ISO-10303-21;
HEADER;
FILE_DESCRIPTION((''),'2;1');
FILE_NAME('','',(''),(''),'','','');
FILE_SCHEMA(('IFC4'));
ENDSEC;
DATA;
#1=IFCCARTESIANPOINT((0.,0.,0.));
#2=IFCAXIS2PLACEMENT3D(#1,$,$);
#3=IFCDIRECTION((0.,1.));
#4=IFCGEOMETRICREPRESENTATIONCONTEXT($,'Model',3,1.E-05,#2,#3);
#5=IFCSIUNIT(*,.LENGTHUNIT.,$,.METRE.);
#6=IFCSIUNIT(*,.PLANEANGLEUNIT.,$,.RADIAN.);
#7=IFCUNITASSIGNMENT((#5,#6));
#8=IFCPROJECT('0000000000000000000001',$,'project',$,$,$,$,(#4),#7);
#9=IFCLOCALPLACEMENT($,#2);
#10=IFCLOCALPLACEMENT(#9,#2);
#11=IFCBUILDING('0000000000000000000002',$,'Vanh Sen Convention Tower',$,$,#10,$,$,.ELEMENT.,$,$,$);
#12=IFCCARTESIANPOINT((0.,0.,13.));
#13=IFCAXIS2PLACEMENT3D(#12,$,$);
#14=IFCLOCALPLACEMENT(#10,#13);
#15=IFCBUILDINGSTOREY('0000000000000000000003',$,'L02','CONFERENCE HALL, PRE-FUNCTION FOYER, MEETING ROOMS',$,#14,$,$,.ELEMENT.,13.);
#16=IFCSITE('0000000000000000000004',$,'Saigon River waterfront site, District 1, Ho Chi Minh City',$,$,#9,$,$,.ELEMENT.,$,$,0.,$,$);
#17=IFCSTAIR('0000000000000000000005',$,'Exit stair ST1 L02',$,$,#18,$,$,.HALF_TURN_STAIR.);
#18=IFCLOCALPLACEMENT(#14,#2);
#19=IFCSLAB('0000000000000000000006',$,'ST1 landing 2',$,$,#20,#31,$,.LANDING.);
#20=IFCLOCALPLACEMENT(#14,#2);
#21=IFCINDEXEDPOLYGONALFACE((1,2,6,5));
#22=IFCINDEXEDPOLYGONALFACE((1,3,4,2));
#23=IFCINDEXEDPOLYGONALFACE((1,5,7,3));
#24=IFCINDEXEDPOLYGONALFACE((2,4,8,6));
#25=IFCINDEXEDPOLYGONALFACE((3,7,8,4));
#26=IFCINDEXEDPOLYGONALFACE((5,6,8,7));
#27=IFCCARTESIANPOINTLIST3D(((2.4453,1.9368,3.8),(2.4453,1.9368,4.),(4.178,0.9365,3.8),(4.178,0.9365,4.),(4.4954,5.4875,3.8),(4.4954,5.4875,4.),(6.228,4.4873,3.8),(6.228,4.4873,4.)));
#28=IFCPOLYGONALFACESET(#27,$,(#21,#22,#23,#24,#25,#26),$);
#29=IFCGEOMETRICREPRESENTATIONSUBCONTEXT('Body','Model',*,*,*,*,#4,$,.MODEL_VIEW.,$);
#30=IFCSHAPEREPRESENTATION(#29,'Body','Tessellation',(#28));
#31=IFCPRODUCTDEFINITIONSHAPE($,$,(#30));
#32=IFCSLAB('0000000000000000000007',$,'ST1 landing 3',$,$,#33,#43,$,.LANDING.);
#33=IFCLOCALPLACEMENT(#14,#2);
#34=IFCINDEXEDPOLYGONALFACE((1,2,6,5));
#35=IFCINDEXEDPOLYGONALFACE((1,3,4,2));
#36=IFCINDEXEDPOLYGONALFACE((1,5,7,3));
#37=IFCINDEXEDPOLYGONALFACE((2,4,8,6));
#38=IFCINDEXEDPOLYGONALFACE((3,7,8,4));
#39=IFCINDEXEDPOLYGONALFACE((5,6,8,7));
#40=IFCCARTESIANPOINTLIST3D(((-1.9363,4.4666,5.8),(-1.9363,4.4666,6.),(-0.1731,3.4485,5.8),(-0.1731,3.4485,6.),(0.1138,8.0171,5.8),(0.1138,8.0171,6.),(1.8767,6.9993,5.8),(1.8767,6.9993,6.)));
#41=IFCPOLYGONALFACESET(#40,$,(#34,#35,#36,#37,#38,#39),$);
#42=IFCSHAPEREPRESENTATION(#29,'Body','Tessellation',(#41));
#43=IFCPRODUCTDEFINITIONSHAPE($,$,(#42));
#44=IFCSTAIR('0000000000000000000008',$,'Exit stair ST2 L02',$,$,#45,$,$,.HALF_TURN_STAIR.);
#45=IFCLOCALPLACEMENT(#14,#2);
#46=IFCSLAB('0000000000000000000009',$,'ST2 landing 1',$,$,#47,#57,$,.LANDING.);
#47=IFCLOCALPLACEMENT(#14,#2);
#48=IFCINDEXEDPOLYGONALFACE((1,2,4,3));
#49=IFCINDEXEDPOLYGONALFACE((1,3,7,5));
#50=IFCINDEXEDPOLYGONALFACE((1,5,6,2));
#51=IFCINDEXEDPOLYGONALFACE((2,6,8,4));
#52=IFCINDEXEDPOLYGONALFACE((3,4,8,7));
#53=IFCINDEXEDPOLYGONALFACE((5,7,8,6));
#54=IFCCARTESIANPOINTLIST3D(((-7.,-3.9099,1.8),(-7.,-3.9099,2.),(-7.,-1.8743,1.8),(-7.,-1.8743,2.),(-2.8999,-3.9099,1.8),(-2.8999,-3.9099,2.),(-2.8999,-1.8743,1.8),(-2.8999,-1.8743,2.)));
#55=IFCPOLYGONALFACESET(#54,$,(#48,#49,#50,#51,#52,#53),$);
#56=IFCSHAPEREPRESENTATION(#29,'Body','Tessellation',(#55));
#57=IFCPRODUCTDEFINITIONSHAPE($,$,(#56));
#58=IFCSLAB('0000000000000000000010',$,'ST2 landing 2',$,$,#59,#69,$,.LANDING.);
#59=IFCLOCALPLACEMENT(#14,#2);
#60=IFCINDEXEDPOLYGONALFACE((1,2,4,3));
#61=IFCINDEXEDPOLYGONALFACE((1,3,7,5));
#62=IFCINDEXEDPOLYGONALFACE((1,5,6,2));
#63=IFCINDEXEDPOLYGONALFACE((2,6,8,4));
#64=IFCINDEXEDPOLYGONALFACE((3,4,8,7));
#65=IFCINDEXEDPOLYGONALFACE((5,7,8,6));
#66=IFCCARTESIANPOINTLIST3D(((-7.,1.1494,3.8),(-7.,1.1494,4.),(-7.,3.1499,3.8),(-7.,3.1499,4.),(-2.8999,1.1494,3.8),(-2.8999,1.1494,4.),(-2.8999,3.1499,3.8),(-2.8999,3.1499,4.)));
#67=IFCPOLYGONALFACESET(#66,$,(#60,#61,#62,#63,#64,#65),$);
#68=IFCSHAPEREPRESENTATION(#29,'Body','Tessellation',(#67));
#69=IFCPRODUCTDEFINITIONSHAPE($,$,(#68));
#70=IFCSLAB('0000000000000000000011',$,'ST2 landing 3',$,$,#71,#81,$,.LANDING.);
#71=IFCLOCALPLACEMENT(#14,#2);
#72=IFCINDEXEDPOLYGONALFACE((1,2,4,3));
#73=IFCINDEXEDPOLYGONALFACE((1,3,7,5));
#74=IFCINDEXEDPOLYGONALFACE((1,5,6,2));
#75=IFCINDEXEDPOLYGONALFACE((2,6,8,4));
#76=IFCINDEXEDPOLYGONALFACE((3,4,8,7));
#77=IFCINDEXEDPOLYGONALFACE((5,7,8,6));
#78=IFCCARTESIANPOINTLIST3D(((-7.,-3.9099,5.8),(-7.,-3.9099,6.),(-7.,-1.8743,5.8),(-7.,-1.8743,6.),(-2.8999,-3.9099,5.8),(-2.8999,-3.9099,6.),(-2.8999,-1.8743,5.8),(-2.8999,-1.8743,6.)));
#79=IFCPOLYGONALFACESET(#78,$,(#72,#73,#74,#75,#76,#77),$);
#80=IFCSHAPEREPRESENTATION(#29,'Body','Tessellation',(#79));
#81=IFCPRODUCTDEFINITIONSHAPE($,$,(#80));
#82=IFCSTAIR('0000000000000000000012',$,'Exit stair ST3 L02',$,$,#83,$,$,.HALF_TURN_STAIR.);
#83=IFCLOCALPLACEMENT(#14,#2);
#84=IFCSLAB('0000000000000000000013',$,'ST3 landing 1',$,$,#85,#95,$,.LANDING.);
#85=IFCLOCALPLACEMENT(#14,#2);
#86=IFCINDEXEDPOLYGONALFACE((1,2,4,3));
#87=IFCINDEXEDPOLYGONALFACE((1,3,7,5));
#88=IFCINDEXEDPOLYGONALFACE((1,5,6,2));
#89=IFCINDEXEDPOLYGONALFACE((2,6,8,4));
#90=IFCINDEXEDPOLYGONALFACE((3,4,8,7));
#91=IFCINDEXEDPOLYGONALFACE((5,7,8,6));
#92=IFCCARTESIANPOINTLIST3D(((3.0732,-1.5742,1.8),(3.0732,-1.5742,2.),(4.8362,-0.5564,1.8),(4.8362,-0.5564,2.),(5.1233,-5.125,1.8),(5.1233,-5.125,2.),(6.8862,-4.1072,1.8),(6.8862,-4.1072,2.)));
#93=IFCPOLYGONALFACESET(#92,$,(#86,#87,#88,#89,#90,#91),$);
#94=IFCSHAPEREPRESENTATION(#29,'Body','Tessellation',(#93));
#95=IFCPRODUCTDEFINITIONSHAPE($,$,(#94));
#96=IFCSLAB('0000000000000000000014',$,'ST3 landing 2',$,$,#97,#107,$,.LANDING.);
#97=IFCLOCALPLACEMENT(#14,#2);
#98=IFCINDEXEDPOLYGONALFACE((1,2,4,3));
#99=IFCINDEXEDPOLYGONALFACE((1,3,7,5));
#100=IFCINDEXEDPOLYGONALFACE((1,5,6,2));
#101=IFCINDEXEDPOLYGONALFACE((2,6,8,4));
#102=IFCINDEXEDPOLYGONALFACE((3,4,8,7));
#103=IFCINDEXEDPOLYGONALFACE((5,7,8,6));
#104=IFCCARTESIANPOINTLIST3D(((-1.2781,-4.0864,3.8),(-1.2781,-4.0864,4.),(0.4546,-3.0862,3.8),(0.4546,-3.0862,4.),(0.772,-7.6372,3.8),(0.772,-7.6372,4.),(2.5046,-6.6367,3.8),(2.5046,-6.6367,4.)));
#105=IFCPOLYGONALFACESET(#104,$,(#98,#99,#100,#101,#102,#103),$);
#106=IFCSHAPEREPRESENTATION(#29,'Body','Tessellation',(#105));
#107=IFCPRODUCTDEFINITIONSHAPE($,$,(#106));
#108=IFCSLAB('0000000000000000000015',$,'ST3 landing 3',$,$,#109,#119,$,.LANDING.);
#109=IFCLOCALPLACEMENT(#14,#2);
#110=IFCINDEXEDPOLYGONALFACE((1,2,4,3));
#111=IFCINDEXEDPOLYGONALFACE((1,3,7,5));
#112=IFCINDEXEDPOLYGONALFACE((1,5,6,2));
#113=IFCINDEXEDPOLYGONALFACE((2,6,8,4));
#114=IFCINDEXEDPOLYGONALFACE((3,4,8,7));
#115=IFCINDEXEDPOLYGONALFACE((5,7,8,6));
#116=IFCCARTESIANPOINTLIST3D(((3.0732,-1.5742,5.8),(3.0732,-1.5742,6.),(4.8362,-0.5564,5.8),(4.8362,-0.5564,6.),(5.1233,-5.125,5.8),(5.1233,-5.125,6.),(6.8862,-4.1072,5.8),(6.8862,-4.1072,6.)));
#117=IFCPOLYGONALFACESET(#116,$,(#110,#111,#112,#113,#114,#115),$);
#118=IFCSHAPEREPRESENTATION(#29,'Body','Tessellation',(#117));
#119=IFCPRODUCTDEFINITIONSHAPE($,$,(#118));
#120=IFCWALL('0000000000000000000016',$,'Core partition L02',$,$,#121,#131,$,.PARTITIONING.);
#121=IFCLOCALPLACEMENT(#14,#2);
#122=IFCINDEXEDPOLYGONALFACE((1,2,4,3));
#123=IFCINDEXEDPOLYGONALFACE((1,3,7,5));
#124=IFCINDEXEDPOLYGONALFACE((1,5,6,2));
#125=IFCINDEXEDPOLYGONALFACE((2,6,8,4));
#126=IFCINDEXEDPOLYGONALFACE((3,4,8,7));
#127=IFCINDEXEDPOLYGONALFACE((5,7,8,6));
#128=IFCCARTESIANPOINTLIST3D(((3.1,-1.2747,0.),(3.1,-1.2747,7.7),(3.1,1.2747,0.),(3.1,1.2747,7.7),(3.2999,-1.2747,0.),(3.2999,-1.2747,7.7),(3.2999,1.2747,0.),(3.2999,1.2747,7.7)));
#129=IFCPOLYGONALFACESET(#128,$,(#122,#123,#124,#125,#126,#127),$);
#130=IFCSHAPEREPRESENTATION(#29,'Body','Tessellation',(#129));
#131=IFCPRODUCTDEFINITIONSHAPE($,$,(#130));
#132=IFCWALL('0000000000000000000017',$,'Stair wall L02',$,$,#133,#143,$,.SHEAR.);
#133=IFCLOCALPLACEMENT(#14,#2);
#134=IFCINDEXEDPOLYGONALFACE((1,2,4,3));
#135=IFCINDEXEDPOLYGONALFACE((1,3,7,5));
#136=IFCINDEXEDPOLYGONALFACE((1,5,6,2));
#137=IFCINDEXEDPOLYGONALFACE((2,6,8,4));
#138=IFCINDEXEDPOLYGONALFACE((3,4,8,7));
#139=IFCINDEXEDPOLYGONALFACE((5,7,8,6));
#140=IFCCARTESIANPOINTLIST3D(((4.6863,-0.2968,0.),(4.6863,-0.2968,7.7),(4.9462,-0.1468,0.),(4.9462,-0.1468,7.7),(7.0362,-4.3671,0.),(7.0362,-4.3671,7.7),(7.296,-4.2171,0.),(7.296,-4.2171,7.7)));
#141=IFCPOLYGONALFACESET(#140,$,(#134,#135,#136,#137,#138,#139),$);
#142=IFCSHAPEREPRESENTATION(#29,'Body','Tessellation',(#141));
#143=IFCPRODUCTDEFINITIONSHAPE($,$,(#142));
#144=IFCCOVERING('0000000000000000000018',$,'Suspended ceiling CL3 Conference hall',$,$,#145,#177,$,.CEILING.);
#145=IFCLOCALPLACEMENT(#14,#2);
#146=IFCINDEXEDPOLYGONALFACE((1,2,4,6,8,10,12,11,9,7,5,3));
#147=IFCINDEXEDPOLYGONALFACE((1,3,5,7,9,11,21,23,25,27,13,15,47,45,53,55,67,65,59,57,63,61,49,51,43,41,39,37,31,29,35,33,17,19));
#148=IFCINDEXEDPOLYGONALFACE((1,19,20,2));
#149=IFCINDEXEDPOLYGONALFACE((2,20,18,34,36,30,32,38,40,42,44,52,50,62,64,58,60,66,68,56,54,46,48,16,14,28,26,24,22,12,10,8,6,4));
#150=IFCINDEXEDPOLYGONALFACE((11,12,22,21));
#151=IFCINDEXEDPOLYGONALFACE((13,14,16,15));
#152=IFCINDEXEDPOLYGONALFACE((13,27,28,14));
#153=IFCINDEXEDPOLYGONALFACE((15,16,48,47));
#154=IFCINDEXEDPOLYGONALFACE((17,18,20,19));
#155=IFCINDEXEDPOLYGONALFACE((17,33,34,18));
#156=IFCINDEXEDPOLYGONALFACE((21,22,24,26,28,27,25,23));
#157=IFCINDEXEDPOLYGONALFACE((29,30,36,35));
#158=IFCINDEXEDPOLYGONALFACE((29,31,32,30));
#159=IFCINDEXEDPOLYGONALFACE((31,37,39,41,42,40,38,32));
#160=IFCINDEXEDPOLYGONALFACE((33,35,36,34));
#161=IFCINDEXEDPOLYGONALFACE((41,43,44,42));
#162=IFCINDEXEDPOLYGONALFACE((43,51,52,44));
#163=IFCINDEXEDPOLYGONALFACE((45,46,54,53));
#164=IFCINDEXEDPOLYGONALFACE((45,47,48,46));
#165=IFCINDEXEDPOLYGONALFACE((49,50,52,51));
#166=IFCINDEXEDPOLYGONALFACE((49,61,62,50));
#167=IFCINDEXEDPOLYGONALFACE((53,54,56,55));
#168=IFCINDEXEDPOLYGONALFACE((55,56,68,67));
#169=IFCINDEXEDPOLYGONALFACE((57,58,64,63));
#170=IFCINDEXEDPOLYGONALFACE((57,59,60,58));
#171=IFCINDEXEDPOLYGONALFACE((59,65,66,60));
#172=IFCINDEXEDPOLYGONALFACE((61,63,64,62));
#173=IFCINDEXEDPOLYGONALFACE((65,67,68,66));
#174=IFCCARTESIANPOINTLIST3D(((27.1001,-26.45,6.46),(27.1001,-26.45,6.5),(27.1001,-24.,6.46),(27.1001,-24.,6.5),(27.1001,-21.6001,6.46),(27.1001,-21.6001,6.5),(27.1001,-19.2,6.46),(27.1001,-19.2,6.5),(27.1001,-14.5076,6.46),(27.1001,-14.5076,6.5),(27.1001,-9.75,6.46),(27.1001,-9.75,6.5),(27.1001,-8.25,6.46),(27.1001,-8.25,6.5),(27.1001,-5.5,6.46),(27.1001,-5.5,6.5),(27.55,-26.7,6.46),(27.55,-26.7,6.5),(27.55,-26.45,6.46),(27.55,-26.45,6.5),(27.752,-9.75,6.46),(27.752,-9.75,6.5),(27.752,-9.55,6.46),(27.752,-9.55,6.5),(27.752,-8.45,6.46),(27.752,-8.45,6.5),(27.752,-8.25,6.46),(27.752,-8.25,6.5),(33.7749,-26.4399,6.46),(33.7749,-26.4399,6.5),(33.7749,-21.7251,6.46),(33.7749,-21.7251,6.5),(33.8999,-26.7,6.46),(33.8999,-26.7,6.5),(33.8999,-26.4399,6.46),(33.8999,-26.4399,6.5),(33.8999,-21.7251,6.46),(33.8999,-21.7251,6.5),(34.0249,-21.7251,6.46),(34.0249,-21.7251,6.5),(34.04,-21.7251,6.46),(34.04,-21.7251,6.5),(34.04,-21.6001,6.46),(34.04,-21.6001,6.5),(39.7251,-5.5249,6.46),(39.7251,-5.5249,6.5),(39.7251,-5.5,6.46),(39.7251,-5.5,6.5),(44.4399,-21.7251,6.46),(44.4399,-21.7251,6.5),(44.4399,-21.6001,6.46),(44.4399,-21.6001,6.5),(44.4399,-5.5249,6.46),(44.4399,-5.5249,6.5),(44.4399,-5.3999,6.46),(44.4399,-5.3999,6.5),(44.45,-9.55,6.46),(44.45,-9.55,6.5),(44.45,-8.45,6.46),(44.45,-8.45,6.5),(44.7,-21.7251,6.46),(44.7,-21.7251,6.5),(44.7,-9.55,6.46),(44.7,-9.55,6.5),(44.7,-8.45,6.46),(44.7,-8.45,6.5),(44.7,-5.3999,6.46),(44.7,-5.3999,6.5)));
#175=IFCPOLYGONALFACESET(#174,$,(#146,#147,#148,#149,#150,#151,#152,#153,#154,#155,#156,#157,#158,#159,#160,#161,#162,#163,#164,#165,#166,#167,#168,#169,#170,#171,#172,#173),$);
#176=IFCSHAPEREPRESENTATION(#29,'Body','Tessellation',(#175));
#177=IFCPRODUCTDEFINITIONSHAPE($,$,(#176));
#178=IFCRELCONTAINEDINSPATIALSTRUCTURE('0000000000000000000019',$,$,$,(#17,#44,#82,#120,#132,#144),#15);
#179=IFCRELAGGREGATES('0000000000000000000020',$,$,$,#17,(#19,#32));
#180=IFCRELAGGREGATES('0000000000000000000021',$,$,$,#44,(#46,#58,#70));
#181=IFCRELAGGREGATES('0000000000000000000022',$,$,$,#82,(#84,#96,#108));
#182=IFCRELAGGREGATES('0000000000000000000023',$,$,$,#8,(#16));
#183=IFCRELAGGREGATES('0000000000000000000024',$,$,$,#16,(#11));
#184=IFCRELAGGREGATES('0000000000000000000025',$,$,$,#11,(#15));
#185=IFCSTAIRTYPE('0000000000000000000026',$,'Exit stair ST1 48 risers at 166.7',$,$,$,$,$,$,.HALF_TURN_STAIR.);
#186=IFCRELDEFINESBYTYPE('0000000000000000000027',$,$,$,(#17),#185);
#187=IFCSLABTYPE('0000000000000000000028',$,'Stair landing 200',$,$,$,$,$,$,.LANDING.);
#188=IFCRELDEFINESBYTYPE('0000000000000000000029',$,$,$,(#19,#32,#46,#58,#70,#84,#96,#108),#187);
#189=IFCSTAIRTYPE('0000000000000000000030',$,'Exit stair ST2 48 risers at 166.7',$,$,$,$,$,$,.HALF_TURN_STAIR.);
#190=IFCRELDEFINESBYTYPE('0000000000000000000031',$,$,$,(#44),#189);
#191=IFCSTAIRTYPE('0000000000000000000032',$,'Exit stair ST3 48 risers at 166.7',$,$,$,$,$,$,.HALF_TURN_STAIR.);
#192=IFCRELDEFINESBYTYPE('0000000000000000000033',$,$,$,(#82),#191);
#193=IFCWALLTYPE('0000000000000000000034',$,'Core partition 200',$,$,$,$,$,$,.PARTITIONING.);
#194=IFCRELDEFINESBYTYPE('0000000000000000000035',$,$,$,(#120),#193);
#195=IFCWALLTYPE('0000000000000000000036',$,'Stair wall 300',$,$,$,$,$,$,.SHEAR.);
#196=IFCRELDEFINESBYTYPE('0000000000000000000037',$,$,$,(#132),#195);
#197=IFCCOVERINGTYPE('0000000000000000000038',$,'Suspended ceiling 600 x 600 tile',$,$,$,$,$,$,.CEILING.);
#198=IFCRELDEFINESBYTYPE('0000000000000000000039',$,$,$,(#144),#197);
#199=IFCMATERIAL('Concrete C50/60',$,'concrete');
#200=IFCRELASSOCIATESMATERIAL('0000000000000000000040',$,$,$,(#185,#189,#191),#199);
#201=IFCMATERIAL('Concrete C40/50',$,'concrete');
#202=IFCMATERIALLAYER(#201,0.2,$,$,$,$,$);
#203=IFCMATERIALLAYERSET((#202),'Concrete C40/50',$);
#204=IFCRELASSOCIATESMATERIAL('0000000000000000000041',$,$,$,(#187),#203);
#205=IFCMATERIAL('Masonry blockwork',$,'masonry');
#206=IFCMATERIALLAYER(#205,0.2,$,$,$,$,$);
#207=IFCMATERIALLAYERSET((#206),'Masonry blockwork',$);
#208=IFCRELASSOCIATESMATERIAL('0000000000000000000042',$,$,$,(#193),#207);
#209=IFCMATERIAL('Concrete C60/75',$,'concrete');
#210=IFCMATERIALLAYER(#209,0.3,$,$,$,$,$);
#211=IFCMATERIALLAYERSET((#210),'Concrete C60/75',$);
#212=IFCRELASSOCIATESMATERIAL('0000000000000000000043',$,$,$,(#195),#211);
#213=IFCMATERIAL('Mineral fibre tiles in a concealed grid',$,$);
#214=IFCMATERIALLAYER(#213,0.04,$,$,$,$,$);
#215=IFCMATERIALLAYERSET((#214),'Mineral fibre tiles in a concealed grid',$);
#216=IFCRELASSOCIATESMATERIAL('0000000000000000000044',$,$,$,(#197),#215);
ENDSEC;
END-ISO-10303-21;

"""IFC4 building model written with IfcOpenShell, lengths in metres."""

from ifc_helpers import new_model, si_unit, direction, frame, frame_2d, origin, place, context, subcontext, project, spatial, polyline, rectangle, outline, extrude, material, layer, layer_set, type_object, element, aggregate, save


model = new_model("IFC4")

# Units and contexts
model_context = context("Model", 3, precision=1e-05, world=origin(), true_north=direction((0.0, 1.0)))
body_context = subcontext(model_context, "Body", "Model", "MODEL_VIEW")
ifc_project = project(units=[si_unit("LENGTHUNIT", "METRE"), si_unit("PLANEANGLEUNIT", "RADIAN")], contexts=[model_context])

# Site, building, storey
site_placement = place(None, origin())
site = spatial("IfcSite", under=ifc_project, at=site_placement, Name="Saigon River waterfront site, District 1, Ho Chi Minh City", CompositionType="ELEMENT", RefElevation=0.0)
building_placement = place(site_placement, origin())
building = spatial("IfcBuilding", under=site, at=building_placement, Name="Vanh Sen Convention Tower", CompositionType="ELEMENT")
storey_placement = place(building_placement, frame((0.0, 0.0, 13.0)))
storey = spatial("IfcBuildingStorey", under=building, at=storey_placement, Name="L02", Description="CONFERENCE HALL, PRE-FUNCTION FOYER, MEETING ROOMS", CompositionType="ELEMENT", Elevation=13.0)

# Shared definitions
ifc_material_1 = material(Name="Concrete C40/50", Category="concrete")

# Stairs, slabs
ifc_material_2 = material(Name="Concrete C50/60", Category="concrete")
stair_type_1 = type_object("IfcStairType", Name="Exit stair ST1 48 risers at 166.7", PredefinedType="HALF_TURN_STAIR", material=ifc_material_2)
stair_1_placement = place(storey_placement, origin())
stair_1 = element("IfcStair", 1, at=stair_1_placement, inside=storey, type_object=stair_type_1, Name="Exit stair ST1 L02", PredefinedType="HALF_TURN_STAIR")
ifc_layer_1 = layer(ifc_material_1, 0.2)
ifc_layer_set_1 = layer_set([ifc_layer_1], Name="Concrete C40/50")
slab_type_1 = type_object("IfcSlabType", Name="Stair landing 200", PredefinedType="LANDING", material=ifc_layer_set_1)
slab_1_placement = place(storey_placement, frame((0.0, 0.0, 3.8)))
slab_1 = element("IfcSlab", 2, at=slab_1_placement, type_object=slab_type_1, Name="ST1 landing 2", PredefinedType="LANDING", context=body_context, shape_type="SweptSolid", body=[
    extrude(outline(polyline([(6.228, 4.4873), (4.4954, 5.4875), (2.4453, 1.9368), (4.178, 0.9365), (6.228, 4.4873)])), origin(), (0.0, 0.0, 1.0), 0.2),
])
slab_2_placement = place(storey_placement, frame((0.0, 0.0, 5.8)))
slab_2 = element("IfcSlab", 3, at=slab_2_placement, type_object=slab_type_1, Name="ST1 landing 3", PredefinedType="LANDING", context=body_context, shape_type="SweptSolid", body=[
    extrude(outline(polyline([(1.8767, 6.9993), (0.1138, 8.0171), (-1.9363, 4.4666), (-0.1731, 3.4485), (1.8767, 6.9993)])), origin(), (0.0, 0.0, 1.0), 0.2),
])
aggregate(stair_1, [slab_1, slab_2])
stair_type_2 = type_object("IfcStairType", Name="Exit stair ST2 48 risers at 166.7", PredefinedType="HALF_TURN_STAIR", material=ifc_material_2)
stair_2_placement = place(storey_placement, origin())
stair_2 = element("IfcStair", 4, at=stair_2_placement, inside=storey, type_object=stair_type_2, Name="Exit stair ST2 L02", PredefinedType="HALF_TURN_STAIR")
slab_3_placement = place(storey_placement, frame((0.0, 0.0, 1.8)))
slab_3 = element("IfcSlab", 5, at=slab_3_placement, type_object=slab_type_1, Name="ST2 landing 1", PredefinedType="LANDING", context=body_context, shape_type="SweptSolid", body=[
    extrude(outline(polyline([(-7.0, -1.8743), (-7.0, -3.9099), (-2.8999, -3.9099), (-2.8999, -1.8743), (-7.0, -1.8743)])), origin(), (0.0, 0.0, 1.0), 0.2),
])
slab_4_placement = place(storey_placement, frame((0.0, 0.0, 3.8)))
slab_4 = element("IfcSlab", 6, at=slab_4_placement, type_object=slab_type_1, Name="ST2 landing 2", PredefinedType="LANDING", context=body_context, shape_type="SweptSolid", body=[
    extrude(outline(polyline([(-7.0, 3.1499), (-7.0, 1.1494), (-2.8999, 1.1494), (-2.8999, 3.1499), (-7.0, 3.1499)])), origin(), (0.0, 0.0, 1.0), 0.2),
])
slab_5_placement = place(storey_placement, frame((0.0, 0.0, 5.8)))
slab_5 = element("IfcSlab", 7, at=slab_5_placement, type_object=slab_type_1, Name="ST2 landing 3", PredefinedType="LANDING", context=body_context, shape_type="SweptSolid", body=[
    extrude(outline(polyline([(-7.0, -1.8743), (-7.0, -3.9099), (-2.8999, -3.9099), (-2.8999, -1.8743), (-7.0, -1.8743)])), origin(), (0.0, 0.0, 1.0), 0.2),
])
aggregate(stair_2, [slab_3, slab_4, slab_5])
stair_type_3 = type_object("IfcStairType", Name="Exit stair ST3 48 risers at 166.7", PredefinedType="HALF_TURN_STAIR", material=ifc_material_2)
stair_3_placement = place(storey_placement, origin())
stair_3 = element("IfcStair", 8, at=stair_3_placement, inside=storey, type_object=stair_type_3, Name="Exit stair ST3 L02", PredefinedType="HALF_TURN_STAIR")
slab_6_placement = place(storey_placement, frame((0.0, 0.0, 1.8)))
slab_6 = element("IfcSlab", 9, at=slab_6_placement, type_object=slab_type_1, Name="ST3 landing 1", PredefinedType="LANDING", context=body_context, shape_type="SweptSolid", body=[
    extrude(outline(polyline([(5.1233, -5.125), (6.8862, -4.1072), (4.8362, -0.5564), (3.0732, -1.5742), (5.1233, -5.125)])), origin(), (0.0, 0.0, 1.0), 0.2),
])
slab_7_placement = place(storey_placement, frame((0.0, 0.0, 3.8)))
slab_7 = element("IfcSlab", 10, at=slab_7_placement, type_object=slab_type_1, Name="ST3 landing 2", PredefinedType="LANDING", context=body_context, shape_type="SweptSolid", body=[
    extrude(outline(polyline([(0.772, -7.6372), (2.5046, -6.6367), (0.4546, -3.0862), (-1.2781, -4.0864), (0.772, -7.6372)])), origin(), (0.0, 0.0, 1.0), 0.2),
])
slab_8_placement = place(storey_placement, frame((0.0, 0.0, 5.8)))
slab_8 = element("IfcSlab", 11, at=slab_8_placement, type_object=slab_type_1, Name="ST3 landing 3", PredefinedType="LANDING", context=body_context, shape_type="SweptSolid", body=[
    extrude(outline(polyline([(5.1233, -5.125), (6.8862, -4.1072), (4.8362, -0.5564), (3.0732, -1.5742), (5.1233, -5.125)])), origin(), (0.0, 0.0, 1.0), 0.2),
])
aggregate(stair_3, [slab_6, slab_7, slab_8])

# Walls
ifc_material_3 = material(Name="Masonry blockwork", Category="masonry")
ifc_layer_2 = layer(ifc_material_3, 0.2)
ifc_layer_set_2 = layer_set([ifc_layer_2], Name="Masonry blockwork")
wall_type_1 = type_object("IfcWallType", Name="Core partition 200", PredefinedType="PARTITIONING", material=ifc_layer_set_2)
wall_1_placement = place(storey_placement, frame((3.2, -1.2747, 0.0), z_axis=(0.0, 0.0, 1.0), x_axis=(0.0, 1.0, 0.0)))
element("IfcWall", 12, at=wall_1_placement, inside=storey, type_object=wall_type_1, Name="Core partition L02", PredefinedType="PARTITIONING", context=body_context, shape_type="SweptSolid", body=[
    extrude(rectangle(XDim=2.5493, YDim=0.2, at=frame_2d((1.2747, 0.0))), origin(), (0.0, 0.0, 1.0), 7.7),
])
ifc_material_4 = material(Name="Concrete C60/75", Category="concrete")
ifc_layer_3 = layer(ifc_material_4, 0.3)
ifc_layer_set_3 = layer_set([ifc_layer_3], Name="Concrete C60/75")
wall_type_2 = type_object("IfcWallType", Name="Stair wall 300", PredefinedType="SHEAR", material=ifc_layer_set_3)
wall_2_placement = place(storey_placement, frame((4.8162, -0.2217, 0.0), z_axis=(0.0, 0.0, 1.0), x_axis=(0.499977, -0.866039, 0.0)))
element("IfcWall", 13, at=wall_2_placement, inside=storey, type_object=wall_type_2, Name="Stair wall L02", PredefinedType="SHEAR", context=body_context, shape_type="SweptSolid", body=[
    extrude(rectangle(XDim=4.7, YDim=0.3, at=frame_2d((2.3501, 0.0))), origin(), (0.0, 0.0, 1.0), 7.7),
])

# Covering
ifc_material_5 = material(Name="Mineral fibre tiles in a concealed grid")
ifc_layer_4 = layer(ifc_material_5, 0.04)
ifc_layer_set_4 = layer_set([ifc_layer_4], Name="Mineral fibre tiles in a concealed grid")
covering_type = type_object("IfcCoveringType", Name="Suspended ceiling 600 x 600 tile", PredefinedType="CEILING", material=ifc_layer_set_4)
covering_1_placement = place(storey_placement, frame((0.0, 0.0, 6.46)))
element("IfcCovering", 14, at=covering_1_placement, inside=storey, type_object=covering_type, Name="Suspended ceiling CL3 Conference hall", PredefinedType="CEILING", context=body_context, shape_type="SweptSolid", body=[
    extrude(outline(polyline([(44.7, -21.7251), (44.7, -9.55), (44.45, -9.55), (44.45, -8.45), (44.7, -8.45), (44.7, -5.3999), (44.4399, -5.3999), (44.4399, -5.5249), (39.7251, -5.5249), (39.7251, -5.5), (27.1001, -5.5), (27.1001, -8.25), (27.752, -8.25), (27.752, -8.45), (27.752, -9.55), (27.752, -9.75), (27.1001, -9.75), (27.1001, -14.5076), (27.1001, -19.2), (27.1001, -21.6001), (27.1001, -24.0), (27.1001, -26.45), (27.55, -26.45), (27.55, -26.7), (33.8999, -26.7), (33.8999, -26.4399), (33.7749, -26.4399), (33.7749, -21.7251), (33.8999, -21.7251), (34.0249, -21.7251), (34.04, -21.7251), (34.04, -21.6001), (44.4399, -21.6001), (44.4399, -21.7251), (44.7, -21.7251)])), origin(), (0.0, 0.0, 1.0), 0.04),
])

save(model, "model.ifc")
